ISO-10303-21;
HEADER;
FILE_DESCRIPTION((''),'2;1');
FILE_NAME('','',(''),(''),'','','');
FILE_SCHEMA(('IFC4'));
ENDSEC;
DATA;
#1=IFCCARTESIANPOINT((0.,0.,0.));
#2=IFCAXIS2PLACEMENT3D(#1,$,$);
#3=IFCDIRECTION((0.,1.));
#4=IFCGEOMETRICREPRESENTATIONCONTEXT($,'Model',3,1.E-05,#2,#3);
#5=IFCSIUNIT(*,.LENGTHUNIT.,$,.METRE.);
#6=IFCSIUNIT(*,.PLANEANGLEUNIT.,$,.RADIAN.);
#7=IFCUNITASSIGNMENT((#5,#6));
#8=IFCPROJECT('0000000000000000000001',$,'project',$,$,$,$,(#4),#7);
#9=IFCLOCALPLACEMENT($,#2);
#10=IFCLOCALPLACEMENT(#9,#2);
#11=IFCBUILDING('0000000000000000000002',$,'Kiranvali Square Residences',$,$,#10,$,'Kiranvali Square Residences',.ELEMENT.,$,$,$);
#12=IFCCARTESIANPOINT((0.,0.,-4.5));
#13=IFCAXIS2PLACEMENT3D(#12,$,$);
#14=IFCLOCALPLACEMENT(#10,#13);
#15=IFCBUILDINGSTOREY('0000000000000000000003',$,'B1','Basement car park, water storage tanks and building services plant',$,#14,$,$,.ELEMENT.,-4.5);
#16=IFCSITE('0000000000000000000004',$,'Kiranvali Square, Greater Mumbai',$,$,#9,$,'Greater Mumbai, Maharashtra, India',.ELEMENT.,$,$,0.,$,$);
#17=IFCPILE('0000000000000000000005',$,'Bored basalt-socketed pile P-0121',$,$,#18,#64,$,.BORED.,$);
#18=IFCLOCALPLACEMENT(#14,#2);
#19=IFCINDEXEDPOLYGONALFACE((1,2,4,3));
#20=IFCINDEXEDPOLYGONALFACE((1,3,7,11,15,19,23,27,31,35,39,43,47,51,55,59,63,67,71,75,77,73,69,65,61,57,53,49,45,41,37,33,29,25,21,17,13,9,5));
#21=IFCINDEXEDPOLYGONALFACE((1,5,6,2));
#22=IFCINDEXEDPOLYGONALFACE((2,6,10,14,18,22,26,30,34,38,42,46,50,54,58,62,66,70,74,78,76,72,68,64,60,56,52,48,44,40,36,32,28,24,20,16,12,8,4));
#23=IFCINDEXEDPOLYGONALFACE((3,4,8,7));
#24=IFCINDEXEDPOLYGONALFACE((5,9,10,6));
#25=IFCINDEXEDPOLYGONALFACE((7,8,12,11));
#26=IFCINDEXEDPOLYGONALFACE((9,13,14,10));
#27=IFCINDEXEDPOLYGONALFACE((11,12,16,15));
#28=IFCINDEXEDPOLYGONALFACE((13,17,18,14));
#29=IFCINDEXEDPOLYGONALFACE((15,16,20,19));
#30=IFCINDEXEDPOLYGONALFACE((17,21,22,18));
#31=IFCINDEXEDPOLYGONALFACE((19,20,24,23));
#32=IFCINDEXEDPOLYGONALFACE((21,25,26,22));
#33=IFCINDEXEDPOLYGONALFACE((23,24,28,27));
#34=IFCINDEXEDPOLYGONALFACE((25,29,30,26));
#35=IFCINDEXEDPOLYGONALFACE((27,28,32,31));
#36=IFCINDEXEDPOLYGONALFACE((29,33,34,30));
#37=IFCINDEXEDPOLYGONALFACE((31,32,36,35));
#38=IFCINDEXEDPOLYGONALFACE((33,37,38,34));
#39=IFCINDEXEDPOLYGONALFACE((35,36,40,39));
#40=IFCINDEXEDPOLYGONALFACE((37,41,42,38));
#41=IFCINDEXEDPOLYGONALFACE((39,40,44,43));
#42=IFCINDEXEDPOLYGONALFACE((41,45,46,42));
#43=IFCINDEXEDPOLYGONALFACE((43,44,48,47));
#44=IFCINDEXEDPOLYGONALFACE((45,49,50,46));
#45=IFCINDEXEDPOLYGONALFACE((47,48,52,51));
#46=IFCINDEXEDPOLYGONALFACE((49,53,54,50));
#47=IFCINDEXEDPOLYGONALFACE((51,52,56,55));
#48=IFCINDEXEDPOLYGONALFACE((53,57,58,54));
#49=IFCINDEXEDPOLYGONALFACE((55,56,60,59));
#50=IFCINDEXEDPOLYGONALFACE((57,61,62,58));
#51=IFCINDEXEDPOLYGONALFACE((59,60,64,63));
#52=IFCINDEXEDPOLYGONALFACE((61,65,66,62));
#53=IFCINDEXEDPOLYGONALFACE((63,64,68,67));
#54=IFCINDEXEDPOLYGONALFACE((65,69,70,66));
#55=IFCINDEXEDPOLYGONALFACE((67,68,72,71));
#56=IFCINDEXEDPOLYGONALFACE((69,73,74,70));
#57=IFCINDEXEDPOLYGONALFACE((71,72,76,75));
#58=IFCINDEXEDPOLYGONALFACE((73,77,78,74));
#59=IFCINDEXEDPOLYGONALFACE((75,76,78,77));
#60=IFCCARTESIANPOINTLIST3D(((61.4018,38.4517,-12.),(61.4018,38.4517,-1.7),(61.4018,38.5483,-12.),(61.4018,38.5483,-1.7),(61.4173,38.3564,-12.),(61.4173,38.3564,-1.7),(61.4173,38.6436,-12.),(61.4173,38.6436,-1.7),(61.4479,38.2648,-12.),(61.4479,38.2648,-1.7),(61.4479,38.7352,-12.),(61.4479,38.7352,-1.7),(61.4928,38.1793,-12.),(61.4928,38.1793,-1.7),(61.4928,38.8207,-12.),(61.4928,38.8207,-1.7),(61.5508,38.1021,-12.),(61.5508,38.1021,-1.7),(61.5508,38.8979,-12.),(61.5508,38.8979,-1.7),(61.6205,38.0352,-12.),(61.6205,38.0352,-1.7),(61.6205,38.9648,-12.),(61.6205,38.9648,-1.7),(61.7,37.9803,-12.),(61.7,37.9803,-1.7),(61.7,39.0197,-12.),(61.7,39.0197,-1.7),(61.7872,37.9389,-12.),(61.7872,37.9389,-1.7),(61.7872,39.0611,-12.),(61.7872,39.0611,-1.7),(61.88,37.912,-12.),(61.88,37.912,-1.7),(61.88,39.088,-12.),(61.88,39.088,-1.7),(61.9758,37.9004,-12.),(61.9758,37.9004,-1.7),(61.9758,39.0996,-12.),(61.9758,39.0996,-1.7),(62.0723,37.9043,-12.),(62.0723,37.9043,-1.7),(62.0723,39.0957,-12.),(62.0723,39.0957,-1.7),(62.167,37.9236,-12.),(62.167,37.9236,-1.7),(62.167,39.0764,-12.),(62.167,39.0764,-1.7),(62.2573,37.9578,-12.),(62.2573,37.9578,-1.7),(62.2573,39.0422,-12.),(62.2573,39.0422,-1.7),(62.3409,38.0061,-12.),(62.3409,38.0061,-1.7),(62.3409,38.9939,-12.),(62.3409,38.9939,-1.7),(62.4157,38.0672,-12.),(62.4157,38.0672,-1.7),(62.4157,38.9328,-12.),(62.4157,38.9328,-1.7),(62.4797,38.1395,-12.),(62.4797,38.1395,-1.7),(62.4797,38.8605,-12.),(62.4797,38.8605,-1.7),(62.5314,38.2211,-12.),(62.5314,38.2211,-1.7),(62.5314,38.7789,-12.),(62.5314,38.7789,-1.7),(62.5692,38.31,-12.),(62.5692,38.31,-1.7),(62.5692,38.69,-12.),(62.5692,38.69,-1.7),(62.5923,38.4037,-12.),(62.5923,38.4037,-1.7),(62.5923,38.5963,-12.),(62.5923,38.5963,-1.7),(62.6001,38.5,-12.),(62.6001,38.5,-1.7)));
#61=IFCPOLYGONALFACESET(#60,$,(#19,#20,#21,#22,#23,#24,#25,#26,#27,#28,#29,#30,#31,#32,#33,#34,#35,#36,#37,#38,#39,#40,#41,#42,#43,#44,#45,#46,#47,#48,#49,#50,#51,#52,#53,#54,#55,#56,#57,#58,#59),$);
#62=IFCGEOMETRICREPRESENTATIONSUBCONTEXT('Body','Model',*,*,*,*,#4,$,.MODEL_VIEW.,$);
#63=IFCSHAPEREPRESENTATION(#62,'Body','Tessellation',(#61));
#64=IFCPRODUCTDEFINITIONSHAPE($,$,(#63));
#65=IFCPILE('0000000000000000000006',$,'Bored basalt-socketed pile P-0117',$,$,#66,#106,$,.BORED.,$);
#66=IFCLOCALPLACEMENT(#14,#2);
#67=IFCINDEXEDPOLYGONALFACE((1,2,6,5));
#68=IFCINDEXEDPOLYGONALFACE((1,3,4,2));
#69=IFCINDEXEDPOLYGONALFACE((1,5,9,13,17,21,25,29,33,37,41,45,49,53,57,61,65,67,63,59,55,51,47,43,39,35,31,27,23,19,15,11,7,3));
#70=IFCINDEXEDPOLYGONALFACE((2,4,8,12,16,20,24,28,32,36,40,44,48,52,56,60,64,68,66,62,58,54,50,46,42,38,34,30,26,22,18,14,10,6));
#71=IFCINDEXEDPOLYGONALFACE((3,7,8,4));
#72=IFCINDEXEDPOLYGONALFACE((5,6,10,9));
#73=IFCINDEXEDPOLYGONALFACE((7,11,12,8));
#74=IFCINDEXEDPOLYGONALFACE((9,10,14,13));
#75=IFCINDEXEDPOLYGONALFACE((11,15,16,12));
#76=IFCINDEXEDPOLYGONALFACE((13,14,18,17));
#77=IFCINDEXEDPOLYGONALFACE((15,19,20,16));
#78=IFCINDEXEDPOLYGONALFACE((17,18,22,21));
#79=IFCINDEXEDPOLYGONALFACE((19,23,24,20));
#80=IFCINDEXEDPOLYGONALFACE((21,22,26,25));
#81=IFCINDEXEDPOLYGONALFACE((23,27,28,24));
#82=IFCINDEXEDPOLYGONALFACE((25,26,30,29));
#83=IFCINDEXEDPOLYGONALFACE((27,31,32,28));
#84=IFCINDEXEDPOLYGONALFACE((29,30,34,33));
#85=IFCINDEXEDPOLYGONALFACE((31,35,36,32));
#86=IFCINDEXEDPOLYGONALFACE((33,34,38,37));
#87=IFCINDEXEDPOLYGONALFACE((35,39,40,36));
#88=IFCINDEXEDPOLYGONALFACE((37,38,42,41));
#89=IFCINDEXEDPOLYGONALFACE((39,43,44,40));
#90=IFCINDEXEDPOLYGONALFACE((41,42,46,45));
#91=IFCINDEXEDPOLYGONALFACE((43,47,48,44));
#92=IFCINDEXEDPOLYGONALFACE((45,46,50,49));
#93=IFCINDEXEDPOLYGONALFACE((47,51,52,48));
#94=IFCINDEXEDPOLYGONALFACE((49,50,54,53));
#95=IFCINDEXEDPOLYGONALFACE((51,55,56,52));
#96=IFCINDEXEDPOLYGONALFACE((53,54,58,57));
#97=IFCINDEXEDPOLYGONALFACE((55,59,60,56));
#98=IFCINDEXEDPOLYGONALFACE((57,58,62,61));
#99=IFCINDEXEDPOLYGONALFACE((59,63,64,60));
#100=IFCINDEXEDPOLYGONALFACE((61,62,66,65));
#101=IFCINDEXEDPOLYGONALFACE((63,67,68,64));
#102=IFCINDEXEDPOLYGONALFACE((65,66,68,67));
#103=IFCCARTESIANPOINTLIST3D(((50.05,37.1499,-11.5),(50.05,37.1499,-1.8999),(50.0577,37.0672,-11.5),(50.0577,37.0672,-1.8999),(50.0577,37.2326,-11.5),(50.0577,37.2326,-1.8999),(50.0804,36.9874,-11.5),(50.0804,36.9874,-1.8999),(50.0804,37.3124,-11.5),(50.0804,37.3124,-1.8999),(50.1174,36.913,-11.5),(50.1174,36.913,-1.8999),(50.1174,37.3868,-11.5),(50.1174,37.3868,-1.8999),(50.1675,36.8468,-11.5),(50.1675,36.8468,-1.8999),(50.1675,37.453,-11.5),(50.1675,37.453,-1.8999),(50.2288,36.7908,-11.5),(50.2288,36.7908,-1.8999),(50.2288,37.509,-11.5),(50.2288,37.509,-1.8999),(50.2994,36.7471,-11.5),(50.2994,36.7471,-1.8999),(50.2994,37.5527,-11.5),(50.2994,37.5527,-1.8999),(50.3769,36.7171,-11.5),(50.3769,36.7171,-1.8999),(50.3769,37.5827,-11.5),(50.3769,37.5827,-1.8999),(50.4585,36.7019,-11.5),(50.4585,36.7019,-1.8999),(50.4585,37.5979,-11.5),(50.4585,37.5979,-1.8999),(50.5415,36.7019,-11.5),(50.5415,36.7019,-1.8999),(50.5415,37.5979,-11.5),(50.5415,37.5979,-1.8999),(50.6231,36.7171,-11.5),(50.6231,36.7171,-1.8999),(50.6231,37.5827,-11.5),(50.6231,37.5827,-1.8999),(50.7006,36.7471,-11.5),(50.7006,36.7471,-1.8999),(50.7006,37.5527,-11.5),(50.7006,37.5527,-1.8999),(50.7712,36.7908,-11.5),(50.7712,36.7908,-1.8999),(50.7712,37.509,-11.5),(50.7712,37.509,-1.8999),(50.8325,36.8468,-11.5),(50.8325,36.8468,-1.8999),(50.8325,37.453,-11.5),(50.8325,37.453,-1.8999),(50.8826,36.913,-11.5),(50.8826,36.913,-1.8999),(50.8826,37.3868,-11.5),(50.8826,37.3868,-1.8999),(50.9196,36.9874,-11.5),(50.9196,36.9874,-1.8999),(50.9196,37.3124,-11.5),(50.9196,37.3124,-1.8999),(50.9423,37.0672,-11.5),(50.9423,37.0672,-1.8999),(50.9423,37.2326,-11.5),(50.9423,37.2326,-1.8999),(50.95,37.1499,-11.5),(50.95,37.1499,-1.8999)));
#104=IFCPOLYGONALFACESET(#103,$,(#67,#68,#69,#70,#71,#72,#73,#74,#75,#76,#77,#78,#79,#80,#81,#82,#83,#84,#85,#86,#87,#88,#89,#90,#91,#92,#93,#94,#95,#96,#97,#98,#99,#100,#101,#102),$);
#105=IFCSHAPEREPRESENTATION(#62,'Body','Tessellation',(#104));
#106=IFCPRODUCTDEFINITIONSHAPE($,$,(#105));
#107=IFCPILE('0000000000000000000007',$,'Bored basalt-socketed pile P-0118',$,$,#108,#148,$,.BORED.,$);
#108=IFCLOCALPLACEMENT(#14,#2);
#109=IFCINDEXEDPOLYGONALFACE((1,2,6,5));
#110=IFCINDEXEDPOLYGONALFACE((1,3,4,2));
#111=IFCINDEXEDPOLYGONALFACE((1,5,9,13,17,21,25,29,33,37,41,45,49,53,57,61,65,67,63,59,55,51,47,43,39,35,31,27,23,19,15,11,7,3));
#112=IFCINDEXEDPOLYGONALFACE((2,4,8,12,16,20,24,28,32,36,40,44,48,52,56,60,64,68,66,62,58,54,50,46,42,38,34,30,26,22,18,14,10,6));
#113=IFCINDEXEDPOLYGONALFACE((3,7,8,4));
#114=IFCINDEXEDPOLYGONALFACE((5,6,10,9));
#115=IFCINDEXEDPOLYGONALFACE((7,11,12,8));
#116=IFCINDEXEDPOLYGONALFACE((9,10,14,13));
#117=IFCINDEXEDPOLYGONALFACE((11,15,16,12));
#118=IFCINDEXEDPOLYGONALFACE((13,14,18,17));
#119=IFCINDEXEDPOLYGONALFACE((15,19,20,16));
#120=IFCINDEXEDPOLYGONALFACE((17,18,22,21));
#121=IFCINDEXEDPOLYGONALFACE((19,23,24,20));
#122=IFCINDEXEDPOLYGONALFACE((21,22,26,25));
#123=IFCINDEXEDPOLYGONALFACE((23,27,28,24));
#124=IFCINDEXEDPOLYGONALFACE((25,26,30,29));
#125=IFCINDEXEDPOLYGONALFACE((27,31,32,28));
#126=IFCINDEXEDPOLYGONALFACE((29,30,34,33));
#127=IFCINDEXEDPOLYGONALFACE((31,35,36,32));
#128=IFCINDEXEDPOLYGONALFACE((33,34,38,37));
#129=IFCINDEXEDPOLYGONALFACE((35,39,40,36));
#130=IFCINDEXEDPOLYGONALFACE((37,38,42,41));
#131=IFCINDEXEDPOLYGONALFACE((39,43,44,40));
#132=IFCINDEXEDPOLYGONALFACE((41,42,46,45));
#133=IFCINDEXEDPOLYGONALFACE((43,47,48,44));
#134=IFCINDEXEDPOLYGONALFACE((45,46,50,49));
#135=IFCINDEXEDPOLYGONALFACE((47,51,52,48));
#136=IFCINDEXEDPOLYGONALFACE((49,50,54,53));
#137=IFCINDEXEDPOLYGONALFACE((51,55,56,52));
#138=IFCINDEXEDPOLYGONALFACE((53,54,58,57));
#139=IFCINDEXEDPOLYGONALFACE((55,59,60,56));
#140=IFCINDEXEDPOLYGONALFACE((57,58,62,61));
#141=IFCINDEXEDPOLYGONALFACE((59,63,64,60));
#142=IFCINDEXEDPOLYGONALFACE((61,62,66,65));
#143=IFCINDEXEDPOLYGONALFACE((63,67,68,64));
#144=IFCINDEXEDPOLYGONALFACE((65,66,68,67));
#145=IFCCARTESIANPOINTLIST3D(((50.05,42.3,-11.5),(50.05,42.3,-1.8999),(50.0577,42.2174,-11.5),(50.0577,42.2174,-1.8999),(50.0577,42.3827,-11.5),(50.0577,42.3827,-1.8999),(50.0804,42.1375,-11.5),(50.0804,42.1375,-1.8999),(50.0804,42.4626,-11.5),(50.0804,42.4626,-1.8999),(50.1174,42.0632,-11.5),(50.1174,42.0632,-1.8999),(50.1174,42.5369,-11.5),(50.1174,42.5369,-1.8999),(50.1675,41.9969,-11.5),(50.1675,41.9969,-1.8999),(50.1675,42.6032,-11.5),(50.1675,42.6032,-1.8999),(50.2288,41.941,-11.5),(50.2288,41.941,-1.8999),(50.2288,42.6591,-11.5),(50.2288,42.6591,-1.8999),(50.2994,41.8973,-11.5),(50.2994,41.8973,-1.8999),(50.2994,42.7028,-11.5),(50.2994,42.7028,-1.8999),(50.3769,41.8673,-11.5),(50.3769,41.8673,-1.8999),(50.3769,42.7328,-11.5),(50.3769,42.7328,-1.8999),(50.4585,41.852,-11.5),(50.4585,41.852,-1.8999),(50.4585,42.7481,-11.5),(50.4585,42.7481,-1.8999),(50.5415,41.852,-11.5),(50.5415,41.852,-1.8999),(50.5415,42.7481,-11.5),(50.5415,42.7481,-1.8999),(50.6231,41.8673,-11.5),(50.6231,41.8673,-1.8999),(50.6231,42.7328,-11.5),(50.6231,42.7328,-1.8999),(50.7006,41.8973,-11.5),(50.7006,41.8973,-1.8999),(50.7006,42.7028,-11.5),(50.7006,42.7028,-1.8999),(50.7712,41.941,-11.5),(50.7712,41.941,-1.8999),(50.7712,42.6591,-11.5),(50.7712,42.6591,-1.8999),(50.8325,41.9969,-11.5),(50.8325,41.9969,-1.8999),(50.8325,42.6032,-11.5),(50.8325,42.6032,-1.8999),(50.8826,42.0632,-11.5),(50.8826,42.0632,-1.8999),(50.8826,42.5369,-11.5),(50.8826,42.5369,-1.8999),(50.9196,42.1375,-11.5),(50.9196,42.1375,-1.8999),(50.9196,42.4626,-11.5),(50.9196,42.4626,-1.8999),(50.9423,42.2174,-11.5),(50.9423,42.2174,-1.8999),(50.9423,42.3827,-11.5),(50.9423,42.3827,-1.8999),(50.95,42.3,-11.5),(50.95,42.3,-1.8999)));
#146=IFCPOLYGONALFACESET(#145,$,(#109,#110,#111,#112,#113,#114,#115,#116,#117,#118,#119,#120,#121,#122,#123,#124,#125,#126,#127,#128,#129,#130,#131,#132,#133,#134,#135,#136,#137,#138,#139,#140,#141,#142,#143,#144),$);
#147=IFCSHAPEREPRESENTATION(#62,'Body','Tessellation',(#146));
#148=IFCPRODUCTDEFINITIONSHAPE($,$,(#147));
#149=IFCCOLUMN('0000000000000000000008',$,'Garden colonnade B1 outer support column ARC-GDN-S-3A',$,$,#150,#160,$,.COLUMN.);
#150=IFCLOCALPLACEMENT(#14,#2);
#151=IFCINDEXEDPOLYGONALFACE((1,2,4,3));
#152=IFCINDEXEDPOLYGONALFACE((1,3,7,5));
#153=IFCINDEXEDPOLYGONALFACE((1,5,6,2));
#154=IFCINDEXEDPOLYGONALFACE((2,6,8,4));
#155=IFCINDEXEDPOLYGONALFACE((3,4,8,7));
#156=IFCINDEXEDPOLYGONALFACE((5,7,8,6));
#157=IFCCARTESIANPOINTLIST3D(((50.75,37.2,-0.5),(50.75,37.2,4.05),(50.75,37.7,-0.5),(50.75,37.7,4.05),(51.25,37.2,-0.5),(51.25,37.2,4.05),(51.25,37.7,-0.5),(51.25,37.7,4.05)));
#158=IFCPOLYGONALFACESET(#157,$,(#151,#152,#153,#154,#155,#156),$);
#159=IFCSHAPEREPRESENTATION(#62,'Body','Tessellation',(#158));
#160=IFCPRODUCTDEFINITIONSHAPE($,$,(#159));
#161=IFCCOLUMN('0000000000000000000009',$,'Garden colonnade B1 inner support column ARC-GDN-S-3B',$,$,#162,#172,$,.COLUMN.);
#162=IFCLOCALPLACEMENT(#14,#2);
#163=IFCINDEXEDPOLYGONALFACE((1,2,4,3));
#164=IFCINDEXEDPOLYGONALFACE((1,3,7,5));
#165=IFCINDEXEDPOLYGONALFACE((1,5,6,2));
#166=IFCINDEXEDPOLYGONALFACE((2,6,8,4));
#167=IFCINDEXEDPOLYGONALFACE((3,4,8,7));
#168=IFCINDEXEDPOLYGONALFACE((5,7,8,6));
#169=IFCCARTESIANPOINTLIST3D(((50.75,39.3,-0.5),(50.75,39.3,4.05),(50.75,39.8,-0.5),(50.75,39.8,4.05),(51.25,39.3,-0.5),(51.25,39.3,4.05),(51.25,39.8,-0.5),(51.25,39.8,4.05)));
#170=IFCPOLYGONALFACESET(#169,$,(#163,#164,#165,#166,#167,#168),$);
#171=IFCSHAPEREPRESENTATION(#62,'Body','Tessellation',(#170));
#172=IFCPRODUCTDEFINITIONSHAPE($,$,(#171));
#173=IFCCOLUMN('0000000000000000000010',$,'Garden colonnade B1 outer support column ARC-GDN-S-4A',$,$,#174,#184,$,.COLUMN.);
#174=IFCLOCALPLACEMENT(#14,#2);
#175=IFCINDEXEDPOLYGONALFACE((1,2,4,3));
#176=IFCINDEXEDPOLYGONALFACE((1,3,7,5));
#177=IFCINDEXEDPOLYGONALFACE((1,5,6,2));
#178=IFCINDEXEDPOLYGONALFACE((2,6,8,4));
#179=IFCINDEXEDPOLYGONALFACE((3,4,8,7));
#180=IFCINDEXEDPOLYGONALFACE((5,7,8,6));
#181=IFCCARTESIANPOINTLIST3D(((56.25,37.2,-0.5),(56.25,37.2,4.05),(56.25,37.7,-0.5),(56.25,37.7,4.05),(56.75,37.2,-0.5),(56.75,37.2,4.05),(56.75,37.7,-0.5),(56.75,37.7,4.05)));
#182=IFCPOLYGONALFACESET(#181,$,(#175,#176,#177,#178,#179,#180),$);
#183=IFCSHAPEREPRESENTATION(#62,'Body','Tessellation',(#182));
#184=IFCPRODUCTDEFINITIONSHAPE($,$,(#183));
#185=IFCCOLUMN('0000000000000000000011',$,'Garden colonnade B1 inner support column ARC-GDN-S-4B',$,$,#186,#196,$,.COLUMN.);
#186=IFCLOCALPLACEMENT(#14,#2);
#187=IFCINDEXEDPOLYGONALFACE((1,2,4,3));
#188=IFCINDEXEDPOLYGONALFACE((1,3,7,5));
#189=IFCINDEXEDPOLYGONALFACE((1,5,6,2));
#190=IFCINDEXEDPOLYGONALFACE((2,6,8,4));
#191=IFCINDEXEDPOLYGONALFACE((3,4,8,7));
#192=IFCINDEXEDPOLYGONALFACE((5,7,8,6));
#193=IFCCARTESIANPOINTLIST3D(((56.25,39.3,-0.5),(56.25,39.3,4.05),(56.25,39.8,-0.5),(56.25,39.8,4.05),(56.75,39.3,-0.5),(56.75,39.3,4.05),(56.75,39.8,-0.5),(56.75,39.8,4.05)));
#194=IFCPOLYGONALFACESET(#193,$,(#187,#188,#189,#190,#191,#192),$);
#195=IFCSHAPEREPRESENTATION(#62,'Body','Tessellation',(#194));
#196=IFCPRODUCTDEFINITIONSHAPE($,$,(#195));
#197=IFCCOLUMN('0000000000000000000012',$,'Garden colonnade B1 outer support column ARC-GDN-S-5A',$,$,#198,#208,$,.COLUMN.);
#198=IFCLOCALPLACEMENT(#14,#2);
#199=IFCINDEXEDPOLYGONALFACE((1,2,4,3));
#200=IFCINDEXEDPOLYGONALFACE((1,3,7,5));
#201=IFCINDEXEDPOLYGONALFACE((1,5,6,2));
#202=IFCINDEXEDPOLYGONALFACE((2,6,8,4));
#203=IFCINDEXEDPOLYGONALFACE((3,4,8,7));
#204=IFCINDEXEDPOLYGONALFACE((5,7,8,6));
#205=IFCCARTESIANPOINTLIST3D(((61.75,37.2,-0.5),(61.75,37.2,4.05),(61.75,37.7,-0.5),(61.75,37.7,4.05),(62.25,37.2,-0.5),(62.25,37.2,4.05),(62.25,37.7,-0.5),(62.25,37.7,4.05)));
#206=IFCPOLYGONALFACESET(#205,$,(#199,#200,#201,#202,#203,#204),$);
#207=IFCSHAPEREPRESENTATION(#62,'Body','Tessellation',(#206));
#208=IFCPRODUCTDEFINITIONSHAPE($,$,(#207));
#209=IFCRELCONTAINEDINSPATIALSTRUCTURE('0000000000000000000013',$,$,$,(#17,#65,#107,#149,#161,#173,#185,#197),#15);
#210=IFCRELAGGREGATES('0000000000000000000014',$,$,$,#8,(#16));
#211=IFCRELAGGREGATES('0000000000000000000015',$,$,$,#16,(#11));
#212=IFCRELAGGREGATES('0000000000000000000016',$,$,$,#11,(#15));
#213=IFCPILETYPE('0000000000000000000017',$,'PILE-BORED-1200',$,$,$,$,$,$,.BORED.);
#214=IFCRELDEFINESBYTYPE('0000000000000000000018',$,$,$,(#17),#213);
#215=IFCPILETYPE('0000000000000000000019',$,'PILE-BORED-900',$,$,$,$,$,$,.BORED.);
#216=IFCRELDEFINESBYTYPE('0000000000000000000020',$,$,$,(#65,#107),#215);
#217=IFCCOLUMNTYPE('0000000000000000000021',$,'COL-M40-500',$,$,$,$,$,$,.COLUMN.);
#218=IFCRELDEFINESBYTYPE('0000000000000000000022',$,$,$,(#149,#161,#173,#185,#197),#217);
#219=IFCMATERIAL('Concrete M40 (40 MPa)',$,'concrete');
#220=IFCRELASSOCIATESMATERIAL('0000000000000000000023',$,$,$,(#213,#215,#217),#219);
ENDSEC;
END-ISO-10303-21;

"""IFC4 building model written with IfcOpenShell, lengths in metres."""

from ifc_helpers import new_model, si_unit, direction, frame, origin, origin_2d, place, context, subcontext, project, spatial, rectangle, circle, extrude, material, material_profile, profile_set, type_object, element, save


model = new_model("IFC4")

# Units and contexts
model_context = context("Model", 3, precision=1e-05, world=origin(), true_north=direction((0.0, 1.0)))
body_context = subcontext(model_context, "Body", "Model", "MODEL_VIEW")
ifc_project = project(units=[si_unit("LENGTHUNIT", "METRE"), si_unit("PLANEANGLEUNIT", "RADIAN")], contexts=[model_context])

# Site, building, storey
site_placement = place(None, origin())
site = spatial("IfcSite", under=ifc_project, at=site_placement, Name="Kiranvali Square, Greater Mumbai", LongName="Greater Mumbai, Maharashtra, India", CompositionType="ELEMENT", RefElevation=0.0)
building_placement = place(site_placement, origin())
building = spatial("IfcBuilding", under=site, at=building_placement, Name="Kiranvali Square Residences", LongName="Kiranvali Square Residences", CompositionType="ELEMENT")
storey_placement = place(building_placement, frame((0.0, 0.0, -4.5)))
storey = spatial("IfcBuildingStorey", under=building, at=storey_placement, Name="B1", Description="Basement car park, water storage tanks and building services plant", CompositionType="ELEMENT", Elevation=-4.5)

# Shared definitions
ifc_material_1 = material(Name="Concrete M40 (40 MPa)", Category="concrete")

# Piles
ifc_material_profile_1 = material_profile(ifc_material_1, circle(Radius=0.6001, at=origin_2d()), Name="BORED PILE 1200")
ifc_profile_set_1 = profile_set([ifc_material_profile_1], Name="Concrete M40 (40 MPa)")
pile_type_1 = type_object("IfcPileType", Name="PILE-BORED-1200", PredefinedType="BORED", material=ifc_profile_set_1)
pile_placement = place(storey_placement, frame((62.0, 38.5, -1.7), z_axis=(0.0, 0.0, -1.0), x_axis=(1.0, 0.0, 0.0)))
element("IfcPile", 1, at=pile_placement, inside=storey, type_object=pile_type_1, Name="Bored basalt-socketed pile P-0121", PredefinedType="BORED", context=body_context, shape_type="SweptSolid", body=[
    extrude(circle(Radius=0.6001, at=origin_2d()), origin(), (0.0, 0.0, 1.0), 10.3),
])
ifc_material_profile_2 = material_profile(ifc_material_1, circle(Radius=0.45, at=origin_2d()), Name="BORED PILE 900")
ifc_profile_set_2 = profile_set([ifc_material_profile_2], Name="Concrete M40 (40 MPa)")
pile_type_2 = type_object("IfcPileType", Name="PILE-BORED-900", PredefinedType="BORED", material=ifc_profile_set_2)
for number, where, z_axis, x_axis, name in (
    (2, (50.5, 37.1499, -1.8999), (0.0, 0.0, -1.0), (1.0, 0.0, 0.0), "Bored basalt-socketed pile P-0117"),
    (3, (50.5, 42.3, -1.8999), (0.0, 0.0, -1.0), (1.0, 0.0, 0.0), "Bored basalt-socketed pile P-0118"),
):
    element("IfcPile", number, at=place(storey_placement, frame(where, z_axis=z_axis, x_axis=x_axis)), inside=storey, type_object=pile_type_2, Name=name, PredefinedType="BORED", context=body_context, shape_type="SweptSolid", body=[
        extrude(circle(Radius=0.45, at=origin_2d()), origin(), (0.0, 0.0, 1.0), 9.6001),
    ])

# Columns
ifc_material_profile_3 = material_profile(ifc_material_1, rectangle(XDim=0.5, YDim=0.5, at=origin_2d()), Name="RC 500x500")
ifc_profile_set_3 = profile_set([ifc_material_profile_3], Name="Concrete M40 (40 MPa)")
column_type_1 = type_object("IfcColumnType", Name="COL-M40-500", PredefinedType="COLUMN", material=ifc_profile_set_3)
for number, where, z_axis, x_axis, name in (
    (4, (51.0, 37.45, -0.5), (0.0, 0.0, 1.0), (1.0, 0.0, 0.0), "Garden colonnade B1 outer support column ARC-GDN-S-3A"),
    (5, (51.0, 39.55, -0.5), (0.0, 0.0, 1.0), (1.0, 0.0, 0.0), "Garden colonnade B1 inner support column ARC-GDN-S-3B"),
    (6, (56.5, 37.45, -0.5), (0.0, 0.0, 1.0), (1.0, 0.0, 0.0), "Garden colonnade B1 outer support column ARC-GDN-S-4A"),
    (7, (56.5, 39.55, -0.5), (0.0, 0.0, 1.0), (1.0, 0.0, 0.0), "Garden colonnade B1 inner support column ARC-GDN-S-4B"),
    (8, (62.0, 37.45, -0.5), (0.0, 0.0, 1.0), (1.0, 0.0, 0.0), "Garden colonnade B1 outer support column ARC-GDN-S-5A"),
):
    element("IfcColumn", number, at=place(storey_placement, frame(where, z_axis=z_axis, x_axis=x_axis)), inside=storey, type_object=column_type_1, Name=name, PredefinedType="COLUMN", context=body_context, shape_type="SweptSolid", body=[
        extrude(rectangle(XDim=0.5, YDim=0.5, at=origin_2d()), origin(), (0.0, 0.0, 1.0), 4.55),
    ])

save(model, "model.ifc")
